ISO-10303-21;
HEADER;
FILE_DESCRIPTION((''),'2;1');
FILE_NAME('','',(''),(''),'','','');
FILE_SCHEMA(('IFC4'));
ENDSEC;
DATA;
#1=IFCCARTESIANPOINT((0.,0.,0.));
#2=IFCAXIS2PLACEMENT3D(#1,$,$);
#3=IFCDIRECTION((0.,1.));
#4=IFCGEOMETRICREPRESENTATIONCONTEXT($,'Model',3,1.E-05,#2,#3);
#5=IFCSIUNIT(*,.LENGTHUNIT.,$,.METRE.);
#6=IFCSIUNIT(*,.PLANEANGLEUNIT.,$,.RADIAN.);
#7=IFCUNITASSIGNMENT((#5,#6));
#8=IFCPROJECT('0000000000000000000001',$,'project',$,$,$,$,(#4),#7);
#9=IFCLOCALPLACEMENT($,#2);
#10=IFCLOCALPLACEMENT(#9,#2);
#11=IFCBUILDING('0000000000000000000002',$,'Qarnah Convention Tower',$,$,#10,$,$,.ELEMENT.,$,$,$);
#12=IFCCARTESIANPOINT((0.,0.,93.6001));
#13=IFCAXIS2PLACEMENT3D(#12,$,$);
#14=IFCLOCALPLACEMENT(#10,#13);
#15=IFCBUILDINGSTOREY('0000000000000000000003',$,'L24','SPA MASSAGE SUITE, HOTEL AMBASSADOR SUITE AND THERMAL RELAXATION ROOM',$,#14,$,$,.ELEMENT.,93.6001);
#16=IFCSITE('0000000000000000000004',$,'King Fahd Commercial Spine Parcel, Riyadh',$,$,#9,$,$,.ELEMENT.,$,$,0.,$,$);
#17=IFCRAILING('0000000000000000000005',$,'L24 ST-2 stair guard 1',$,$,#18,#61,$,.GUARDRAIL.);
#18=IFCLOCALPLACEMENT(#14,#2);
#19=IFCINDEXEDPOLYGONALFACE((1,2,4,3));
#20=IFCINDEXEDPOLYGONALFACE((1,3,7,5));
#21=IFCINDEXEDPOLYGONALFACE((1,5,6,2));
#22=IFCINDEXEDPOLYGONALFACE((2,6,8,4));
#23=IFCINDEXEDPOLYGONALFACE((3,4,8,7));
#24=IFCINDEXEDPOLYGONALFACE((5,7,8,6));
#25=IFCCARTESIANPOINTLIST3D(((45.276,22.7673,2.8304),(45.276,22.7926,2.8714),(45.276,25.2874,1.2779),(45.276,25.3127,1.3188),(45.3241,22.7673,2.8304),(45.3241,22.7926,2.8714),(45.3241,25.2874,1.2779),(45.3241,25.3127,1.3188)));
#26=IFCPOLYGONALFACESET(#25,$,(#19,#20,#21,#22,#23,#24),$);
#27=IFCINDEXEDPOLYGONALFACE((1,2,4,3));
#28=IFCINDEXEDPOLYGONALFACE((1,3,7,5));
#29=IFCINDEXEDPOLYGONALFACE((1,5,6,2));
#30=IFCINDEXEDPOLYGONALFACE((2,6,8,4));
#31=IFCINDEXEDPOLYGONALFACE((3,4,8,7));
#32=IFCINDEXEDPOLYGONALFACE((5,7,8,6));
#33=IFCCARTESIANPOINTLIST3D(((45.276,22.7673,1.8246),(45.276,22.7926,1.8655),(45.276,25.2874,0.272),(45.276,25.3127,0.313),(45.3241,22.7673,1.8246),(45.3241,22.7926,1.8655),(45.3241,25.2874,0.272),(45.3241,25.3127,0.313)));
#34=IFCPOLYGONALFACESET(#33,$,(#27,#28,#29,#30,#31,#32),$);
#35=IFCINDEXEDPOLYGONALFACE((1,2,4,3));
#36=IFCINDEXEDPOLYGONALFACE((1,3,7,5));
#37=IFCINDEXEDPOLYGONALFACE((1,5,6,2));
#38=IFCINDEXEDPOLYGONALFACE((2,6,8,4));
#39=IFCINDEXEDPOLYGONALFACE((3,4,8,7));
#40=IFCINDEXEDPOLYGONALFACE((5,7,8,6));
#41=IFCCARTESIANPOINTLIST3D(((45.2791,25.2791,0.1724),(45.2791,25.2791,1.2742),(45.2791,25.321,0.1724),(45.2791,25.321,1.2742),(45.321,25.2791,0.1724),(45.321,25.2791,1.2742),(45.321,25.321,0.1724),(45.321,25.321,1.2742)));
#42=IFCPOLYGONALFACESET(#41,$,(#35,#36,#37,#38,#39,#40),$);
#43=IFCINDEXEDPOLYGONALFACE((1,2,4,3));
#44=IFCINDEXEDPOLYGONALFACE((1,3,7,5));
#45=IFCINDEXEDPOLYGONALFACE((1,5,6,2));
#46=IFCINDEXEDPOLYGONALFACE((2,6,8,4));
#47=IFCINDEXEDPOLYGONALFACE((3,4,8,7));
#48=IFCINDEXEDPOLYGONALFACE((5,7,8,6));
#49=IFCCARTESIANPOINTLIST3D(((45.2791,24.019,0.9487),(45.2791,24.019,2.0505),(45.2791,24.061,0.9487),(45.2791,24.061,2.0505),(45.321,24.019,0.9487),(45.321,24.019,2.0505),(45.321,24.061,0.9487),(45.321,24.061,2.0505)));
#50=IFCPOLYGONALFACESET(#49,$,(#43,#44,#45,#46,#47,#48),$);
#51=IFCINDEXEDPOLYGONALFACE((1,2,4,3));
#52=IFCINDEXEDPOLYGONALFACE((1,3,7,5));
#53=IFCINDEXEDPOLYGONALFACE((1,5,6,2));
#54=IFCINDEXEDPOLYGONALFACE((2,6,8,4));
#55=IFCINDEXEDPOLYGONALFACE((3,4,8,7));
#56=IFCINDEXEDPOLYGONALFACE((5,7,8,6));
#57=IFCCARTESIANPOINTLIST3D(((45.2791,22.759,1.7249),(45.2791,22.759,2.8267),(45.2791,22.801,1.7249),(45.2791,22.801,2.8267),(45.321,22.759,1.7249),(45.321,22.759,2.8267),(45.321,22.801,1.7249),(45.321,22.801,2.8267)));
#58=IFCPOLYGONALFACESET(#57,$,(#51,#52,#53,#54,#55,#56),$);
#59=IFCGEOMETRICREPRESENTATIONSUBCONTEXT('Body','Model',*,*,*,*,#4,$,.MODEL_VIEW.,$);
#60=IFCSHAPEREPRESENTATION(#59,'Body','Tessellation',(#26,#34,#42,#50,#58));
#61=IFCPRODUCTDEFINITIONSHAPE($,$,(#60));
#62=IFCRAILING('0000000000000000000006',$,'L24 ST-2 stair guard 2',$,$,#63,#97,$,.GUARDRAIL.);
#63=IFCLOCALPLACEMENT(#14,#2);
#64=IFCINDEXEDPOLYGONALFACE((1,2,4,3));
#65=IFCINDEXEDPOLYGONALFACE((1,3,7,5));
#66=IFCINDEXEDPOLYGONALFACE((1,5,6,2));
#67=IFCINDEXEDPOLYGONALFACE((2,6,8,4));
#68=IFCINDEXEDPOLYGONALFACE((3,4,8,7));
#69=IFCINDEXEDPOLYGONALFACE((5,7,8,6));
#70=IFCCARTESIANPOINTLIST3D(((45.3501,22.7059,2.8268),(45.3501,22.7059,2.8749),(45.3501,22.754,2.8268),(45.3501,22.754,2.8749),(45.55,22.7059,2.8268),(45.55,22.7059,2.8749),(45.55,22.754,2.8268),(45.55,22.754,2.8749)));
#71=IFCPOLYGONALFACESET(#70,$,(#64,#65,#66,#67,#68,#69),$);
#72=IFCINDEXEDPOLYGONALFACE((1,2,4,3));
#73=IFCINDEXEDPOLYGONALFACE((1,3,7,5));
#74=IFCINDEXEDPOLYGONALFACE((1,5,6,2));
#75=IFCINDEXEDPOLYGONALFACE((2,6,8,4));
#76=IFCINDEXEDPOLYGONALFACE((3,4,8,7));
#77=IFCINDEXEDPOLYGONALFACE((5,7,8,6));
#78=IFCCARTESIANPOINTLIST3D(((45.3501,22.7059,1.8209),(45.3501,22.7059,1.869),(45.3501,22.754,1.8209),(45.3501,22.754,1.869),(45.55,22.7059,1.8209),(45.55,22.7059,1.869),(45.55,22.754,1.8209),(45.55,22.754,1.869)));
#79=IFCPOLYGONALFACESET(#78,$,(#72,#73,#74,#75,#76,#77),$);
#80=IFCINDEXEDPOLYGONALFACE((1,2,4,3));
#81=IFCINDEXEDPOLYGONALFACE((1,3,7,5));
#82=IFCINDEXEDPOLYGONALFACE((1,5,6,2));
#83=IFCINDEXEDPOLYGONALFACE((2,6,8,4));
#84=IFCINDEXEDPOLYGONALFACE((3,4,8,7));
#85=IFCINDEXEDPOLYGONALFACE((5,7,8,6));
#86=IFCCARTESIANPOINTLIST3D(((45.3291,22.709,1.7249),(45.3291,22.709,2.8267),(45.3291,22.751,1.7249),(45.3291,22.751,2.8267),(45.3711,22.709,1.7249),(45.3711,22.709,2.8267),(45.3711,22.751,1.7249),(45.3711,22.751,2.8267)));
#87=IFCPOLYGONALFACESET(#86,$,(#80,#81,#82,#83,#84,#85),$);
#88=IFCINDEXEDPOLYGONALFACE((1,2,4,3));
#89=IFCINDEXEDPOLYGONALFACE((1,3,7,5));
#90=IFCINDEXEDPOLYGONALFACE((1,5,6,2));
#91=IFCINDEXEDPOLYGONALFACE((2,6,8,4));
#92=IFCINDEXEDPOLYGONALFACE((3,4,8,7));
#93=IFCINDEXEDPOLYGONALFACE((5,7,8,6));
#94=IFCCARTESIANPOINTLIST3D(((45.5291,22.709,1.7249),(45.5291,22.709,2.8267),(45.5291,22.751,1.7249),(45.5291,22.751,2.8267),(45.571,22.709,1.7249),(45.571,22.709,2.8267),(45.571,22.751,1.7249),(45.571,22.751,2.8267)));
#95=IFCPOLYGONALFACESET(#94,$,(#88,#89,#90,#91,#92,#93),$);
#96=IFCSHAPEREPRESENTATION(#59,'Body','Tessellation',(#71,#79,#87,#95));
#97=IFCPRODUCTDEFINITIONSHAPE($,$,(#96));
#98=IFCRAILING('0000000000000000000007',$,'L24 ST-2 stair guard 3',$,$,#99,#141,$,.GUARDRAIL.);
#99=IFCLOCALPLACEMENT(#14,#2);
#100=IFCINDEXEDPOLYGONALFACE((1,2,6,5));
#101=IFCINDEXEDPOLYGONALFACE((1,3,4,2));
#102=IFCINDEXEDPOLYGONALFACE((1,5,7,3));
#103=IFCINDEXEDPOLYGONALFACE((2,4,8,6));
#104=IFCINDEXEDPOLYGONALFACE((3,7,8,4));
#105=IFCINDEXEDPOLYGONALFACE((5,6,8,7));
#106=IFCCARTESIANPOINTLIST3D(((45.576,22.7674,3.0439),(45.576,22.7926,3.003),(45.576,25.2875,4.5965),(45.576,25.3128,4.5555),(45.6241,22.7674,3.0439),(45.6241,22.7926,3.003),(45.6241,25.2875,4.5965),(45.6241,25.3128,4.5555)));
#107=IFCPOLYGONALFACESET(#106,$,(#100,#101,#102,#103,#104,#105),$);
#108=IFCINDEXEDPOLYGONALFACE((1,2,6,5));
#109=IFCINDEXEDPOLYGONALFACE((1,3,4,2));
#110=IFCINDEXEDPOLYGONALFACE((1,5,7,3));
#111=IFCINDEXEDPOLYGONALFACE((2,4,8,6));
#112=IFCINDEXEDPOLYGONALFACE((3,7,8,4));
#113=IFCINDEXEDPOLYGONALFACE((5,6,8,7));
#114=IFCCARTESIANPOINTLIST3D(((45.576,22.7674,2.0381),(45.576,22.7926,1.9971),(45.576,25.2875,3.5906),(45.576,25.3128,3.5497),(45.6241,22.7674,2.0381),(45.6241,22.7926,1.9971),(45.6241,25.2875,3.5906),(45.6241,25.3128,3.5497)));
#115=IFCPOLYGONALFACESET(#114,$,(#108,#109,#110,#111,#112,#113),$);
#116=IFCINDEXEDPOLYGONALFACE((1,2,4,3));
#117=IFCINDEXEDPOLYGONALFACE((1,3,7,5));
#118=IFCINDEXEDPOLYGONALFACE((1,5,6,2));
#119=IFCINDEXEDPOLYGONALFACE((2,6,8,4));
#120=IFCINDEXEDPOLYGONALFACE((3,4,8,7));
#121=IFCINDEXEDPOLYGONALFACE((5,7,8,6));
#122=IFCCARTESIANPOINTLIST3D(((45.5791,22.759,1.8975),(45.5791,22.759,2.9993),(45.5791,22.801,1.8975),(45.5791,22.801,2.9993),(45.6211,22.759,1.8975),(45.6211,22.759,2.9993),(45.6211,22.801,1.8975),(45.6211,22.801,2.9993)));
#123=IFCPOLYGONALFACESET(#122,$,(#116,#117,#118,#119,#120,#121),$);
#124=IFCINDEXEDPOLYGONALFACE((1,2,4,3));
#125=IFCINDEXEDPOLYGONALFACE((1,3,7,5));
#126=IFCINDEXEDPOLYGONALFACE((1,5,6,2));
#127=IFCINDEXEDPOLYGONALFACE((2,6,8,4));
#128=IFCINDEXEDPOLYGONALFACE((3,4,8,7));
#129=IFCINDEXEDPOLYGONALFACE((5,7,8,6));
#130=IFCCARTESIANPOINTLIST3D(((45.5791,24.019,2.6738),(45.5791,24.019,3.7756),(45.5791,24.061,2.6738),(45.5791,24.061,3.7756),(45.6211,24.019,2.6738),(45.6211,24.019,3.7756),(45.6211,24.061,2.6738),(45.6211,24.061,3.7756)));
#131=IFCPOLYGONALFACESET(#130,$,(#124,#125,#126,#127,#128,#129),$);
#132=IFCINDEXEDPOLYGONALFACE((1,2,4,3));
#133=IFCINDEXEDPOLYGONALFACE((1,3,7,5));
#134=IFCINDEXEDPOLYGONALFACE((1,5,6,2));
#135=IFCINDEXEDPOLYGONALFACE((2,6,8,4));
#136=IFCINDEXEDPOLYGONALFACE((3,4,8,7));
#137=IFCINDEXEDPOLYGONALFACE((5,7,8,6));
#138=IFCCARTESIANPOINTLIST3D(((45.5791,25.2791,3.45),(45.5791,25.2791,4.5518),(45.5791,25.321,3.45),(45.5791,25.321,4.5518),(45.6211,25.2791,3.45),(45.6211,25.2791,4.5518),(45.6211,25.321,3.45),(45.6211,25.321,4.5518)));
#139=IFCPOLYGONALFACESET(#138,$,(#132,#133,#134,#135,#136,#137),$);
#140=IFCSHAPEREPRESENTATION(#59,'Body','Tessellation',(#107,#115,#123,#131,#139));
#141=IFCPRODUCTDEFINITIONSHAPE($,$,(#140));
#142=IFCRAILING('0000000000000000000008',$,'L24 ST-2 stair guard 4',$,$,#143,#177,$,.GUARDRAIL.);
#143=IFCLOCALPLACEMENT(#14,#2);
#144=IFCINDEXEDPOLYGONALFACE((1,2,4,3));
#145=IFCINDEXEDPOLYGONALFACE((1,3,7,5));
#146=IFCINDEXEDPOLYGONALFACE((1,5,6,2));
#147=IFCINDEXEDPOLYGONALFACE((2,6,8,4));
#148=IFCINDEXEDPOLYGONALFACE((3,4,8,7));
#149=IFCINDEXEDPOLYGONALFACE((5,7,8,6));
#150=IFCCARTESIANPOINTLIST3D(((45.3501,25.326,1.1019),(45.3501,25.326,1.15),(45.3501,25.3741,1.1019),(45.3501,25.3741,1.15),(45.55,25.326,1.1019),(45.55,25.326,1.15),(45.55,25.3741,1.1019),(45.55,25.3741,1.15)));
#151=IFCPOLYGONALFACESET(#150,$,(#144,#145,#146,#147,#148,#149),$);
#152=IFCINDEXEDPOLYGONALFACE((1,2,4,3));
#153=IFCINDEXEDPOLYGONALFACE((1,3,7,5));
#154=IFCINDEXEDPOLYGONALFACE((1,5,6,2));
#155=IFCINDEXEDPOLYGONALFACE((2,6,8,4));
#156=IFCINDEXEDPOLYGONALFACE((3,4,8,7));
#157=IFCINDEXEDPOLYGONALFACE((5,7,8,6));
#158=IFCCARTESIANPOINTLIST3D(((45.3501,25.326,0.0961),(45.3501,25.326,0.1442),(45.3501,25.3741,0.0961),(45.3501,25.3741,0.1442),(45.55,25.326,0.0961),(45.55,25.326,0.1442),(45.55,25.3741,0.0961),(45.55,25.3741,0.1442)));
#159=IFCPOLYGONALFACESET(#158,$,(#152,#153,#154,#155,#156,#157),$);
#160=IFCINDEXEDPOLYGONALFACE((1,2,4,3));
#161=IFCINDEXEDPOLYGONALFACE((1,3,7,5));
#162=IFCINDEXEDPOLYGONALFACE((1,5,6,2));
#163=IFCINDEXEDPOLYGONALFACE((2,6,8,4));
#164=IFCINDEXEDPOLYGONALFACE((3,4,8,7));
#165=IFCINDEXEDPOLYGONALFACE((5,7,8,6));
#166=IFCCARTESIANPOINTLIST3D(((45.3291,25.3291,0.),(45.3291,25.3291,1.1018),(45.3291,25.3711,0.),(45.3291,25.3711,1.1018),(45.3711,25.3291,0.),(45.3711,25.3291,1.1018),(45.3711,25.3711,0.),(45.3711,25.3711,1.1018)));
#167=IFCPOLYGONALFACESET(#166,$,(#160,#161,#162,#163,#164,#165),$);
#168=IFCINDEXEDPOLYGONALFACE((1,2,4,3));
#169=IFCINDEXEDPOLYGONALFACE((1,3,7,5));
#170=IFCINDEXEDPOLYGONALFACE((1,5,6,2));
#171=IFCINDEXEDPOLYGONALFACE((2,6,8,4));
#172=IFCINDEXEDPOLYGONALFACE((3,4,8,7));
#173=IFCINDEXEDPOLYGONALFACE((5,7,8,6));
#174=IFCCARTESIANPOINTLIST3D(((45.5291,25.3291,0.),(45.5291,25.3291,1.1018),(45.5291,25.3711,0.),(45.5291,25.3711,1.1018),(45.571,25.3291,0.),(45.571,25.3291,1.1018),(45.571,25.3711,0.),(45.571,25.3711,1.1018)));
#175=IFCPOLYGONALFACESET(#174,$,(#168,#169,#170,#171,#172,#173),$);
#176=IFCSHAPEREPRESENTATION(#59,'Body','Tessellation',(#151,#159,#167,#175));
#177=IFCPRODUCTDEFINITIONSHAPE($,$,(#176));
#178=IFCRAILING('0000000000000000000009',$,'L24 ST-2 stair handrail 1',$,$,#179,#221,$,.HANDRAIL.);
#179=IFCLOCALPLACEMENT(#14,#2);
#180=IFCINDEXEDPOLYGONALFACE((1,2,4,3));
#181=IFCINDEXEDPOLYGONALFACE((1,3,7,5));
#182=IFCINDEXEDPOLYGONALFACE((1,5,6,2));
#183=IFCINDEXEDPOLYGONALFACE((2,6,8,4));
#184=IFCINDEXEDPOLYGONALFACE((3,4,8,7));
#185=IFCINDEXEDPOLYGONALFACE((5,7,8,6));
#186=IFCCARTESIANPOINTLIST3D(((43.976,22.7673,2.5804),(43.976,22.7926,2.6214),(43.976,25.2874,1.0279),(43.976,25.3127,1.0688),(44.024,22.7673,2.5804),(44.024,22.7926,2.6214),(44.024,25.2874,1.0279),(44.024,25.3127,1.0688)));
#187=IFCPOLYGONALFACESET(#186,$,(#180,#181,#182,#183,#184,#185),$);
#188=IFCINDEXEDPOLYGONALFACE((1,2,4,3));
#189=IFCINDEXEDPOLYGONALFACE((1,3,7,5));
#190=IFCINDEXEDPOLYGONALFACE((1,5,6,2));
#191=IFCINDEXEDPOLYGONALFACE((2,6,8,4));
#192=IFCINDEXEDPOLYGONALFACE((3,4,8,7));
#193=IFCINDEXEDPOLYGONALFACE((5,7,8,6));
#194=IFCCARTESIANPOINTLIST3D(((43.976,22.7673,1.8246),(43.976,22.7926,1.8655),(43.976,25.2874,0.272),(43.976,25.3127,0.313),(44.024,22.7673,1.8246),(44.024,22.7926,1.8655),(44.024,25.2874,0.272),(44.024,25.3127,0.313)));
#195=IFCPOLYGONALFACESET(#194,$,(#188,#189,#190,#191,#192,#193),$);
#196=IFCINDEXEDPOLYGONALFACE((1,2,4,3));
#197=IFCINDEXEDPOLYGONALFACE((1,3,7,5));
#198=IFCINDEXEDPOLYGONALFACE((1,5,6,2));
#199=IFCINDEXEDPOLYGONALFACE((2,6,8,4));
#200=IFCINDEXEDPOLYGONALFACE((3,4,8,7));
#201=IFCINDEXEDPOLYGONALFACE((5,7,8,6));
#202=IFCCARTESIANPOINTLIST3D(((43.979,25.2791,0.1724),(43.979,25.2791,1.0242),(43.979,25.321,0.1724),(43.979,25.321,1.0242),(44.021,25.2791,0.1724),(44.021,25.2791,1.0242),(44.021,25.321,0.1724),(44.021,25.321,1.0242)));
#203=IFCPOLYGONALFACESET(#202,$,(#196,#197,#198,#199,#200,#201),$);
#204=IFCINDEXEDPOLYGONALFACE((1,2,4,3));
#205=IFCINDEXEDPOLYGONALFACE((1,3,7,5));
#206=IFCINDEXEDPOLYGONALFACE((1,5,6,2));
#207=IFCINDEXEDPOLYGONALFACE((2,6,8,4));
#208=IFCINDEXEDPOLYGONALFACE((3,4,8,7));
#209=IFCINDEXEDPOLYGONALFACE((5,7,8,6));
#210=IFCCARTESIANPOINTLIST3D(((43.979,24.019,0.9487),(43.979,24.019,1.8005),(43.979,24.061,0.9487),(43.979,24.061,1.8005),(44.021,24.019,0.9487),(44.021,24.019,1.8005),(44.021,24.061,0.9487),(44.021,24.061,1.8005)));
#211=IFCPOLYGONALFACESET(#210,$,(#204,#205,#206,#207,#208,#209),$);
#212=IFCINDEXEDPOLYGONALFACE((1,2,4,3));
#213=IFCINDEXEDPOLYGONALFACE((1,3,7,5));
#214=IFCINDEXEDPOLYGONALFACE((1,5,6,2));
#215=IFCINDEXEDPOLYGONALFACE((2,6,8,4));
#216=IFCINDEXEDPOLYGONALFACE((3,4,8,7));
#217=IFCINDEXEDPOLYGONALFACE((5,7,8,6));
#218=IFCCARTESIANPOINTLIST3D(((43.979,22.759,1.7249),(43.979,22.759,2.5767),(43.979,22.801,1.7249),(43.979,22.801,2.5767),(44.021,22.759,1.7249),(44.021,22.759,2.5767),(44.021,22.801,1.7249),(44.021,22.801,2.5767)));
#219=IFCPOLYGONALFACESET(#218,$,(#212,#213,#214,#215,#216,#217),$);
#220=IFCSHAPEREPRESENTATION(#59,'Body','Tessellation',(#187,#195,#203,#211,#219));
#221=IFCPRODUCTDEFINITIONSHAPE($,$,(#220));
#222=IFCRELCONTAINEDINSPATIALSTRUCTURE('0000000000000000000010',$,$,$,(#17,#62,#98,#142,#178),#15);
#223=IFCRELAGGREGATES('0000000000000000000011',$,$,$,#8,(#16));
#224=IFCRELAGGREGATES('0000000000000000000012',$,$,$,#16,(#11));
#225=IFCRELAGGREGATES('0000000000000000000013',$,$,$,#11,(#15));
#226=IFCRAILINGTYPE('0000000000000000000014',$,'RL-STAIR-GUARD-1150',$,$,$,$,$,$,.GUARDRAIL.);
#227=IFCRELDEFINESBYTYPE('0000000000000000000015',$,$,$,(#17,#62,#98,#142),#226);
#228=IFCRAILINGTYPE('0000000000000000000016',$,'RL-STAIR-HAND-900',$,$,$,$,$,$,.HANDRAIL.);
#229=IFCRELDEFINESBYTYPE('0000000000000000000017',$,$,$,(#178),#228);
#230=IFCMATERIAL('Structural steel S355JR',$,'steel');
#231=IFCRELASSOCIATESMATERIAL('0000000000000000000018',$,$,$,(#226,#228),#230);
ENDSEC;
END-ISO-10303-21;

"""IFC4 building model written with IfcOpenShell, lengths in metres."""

from ifc_helpers import new_model, si_unit, direction, frame, origin, origin_2d, place, context, subcontext, project, spatial, rectangle, extrude, material, type_object, element, save


model = new_model("IFC4")

# Units and contexts
model_context = context("Model", 3, precision=1e-05, world=origin(), true_north=direction((0.0, 1.0)))
body_context = subcontext(model_context, "Body", "Model", "MODEL_VIEW")
ifc_project = project(units=[si_unit("LENGTHUNIT", "METRE"), si_unit("PLANEANGLEUNIT", "RADIAN")], contexts=[model_context])

# Site, building, storey
site_placement = place(None, origin())
site = spatial("IfcSite", under=ifc_project, at=site_placement, Name="King Fahd Commercial Spine Parcel, Riyadh", CompositionType="ELEMENT", RefElevation=0.0)
building_placement = place(site_placement, origin())
building = spatial("IfcBuilding", under=site, at=building_placement, Name="Qarnah Convention Tower", CompositionType="ELEMENT")
storey_placement = place(building_placement, frame((0.0, 0.0, 93.6001)))
storey = spatial("IfcBuildingStorey", under=building, at=storey_placement, Name="L24", Description="SPA MASSAGE SUITE, HOTEL AMBASSADOR SUITE AND THERMAL RELAXATION ROOM", CompositionType="ELEMENT", Elevation=93.6001)

# Shared definitions
ifc_material_1 = material(Name="Structural steel S355JR", Category="steel")

# Railings
railing_type_1 = type_object("IfcRailingType", Name="RL-STAIR-GUARD-1150", PredefinedType="GUARDRAIL", material=ifc_material_1)
railing_1_placement = place(storey_placement, frame((45.3, 25.3, 0.1724)))
element("IfcRailing", 1, at=railing_1_placement, inside=storey, type_object=railing_type_1, Name="L24 ST-2 stair guard 1", PredefinedType="GUARDRAIL", context=body_context, shape_type="SweptSolid", body=[
    extrude(rectangle(XDim=0.0481, YDim=0.0481, at=origin_2d()), frame((0.0, 0.0, 1.126), z_axis=(0.0, -0.8514, 0.524516), x_axis=(1.0, 0.0, 0.0)), (0.0, 0.0, 1.0), 2.96),
    extrude(rectangle(XDim=0.0481, YDim=0.0481, at=origin_2d()), frame((0.0, 0.0, 0.1201), z_axis=(0.0, -0.8514, 0.524516), x_axis=(1.0, 0.0, 0.0)), (0.0, 0.0, 1.0), 2.96),
    extrude(rectangle(XDim=0.042, YDim=0.042, at=origin_2d()), origin(), (0.0, 0.0, 1.0), 1.1018),
    extrude(rectangle(XDim=0.042, YDim=0.042, at=origin_2d()), frame((0.0, -1.26, 0.7764)), (0.0, 0.0, 1.0), 1.1018),
    extrude(rectangle(XDim=0.042, YDim=0.042, at=origin_2d()), frame((0.0, -2.52, 1.5525)), (0.0, 0.0, 1.0), 1.1018),
])
railing_2_placement = place(storey_placement, frame((45.3501, 22.73, 1.7249)))
element("IfcRailing", 2, at=railing_2_placement, inside=storey, type_object=railing_type_1, Name="L24 ST-2 stair guard 2", PredefinedType="GUARDRAIL", context=body_context, shape_type="SweptSolid", body=[
    extrude(rectangle(XDim=0.0481, YDim=0.0481, at=origin_2d()), frame((0.0, 0.0, 1.126), z_axis=(1.0, 0.0, 0.0), x_axis=(0.0, 1.0, 0.0)), (0.0, 0.0, 1.0), 0.2),
    extrude(rectangle(XDim=0.0481, YDim=0.0481, at=origin_2d()), frame((0.0, 0.0, 0.1201), z_axis=(1.0, 0.0, 0.0), x_axis=(0.0, 1.0, 0.0)), (0.0, 0.0, 1.0), 0.2),
    extrude(rectangle(XDim=0.042, YDim=0.042, at=origin_2d()), origin(), (0.0, 0.0, 1.0), 1.1018),
    extrude(rectangle(XDim=0.042, YDim=0.042, at=origin_2d()), frame((0.2, 0.0, 0.0)), (0.0, 0.0, 1.0), 1.1018),
])
railing_3_placement = place(storey_placement, frame((45.6001, 22.78, 1.8975)))
element("IfcRailing", 3, at=railing_3_placement, inside=storey, type_object=railing_type_1, Name="L24 ST-2 stair guard 3", PredefinedType="GUARDRAIL", context=body_context, shape_type="SweptSolid", body=[
    extrude(rectangle(XDim=0.0481, YDim=0.0481, at=origin_2d()), frame((0.0, 0.0, 1.126), z_axis=(0.0, 0.8514, 0.524516), x_axis=(-1.0, 0.0, 0.0)), (0.0, 0.0, 1.0), 2.96),
    extrude(rectangle(XDim=0.0481, YDim=0.0481, at=origin_2d()), frame((0.0, 0.0, 0.1201), z_axis=(0.0, 0.8514, 0.524516), x_axis=(-1.0, 0.0, 0.0)), (0.0, 0.0, 1.0), 2.96),
    extrude(rectangle(XDim=0.042, YDim=0.042, at=origin_2d()), origin(), (0.0, 0.0, 1.0), 1.1018),
    extrude(rectangle(XDim=0.042, YDim=0.042, at=origin_2d()), frame((0.0, 1.26, 0.7764)), (0.0, 0.0, 1.0), 1.1018),
    extrude(rectangle(XDim=0.042, YDim=0.042, at=origin_2d()), frame((0.0, 2.52, 1.5525)), (0.0, 0.0, 1.0), 1.1018),
])
railing_4_placement = place(storey_placement, frame((45.3501, 25.3501, 0.0)))
element("IfcRailing", 4, at=railing_4_placement, inside=storey, type_object=railing_type_1, Name="L24 ST-2 stair guard 4", PredefinedType="GUARDRAIL", context=body_context, shape_type="SweptSolid", body=[
    extrude(rectangle(XDim=0.0481, YDim=0.0481, at=origin_2d()), frame((0.0, 0.0, 1.126), z_axis=(1.0, 0.0, 0.0), x_axis=(0.0, 1.0, 0.0)), (0.0, 0.0, 1.0), 0.2),
    extrude(rectangle(XDim=0.0481, YDim=0.0481, at=origin_2d()), frame((0.0, 0.0, 0.1201), z_axis=(1.0, 0.0, 0.0), x_axis=(0.0, 1.0, 0.0)), (0.0, 0.0, 1.0), 0.2),
    extrude(rectangle(XDim=0.042, YDim=0.042, at=origin_2d()), origin(), (0.0, 0.0, 1.0), 1.1018),
    extrude(rectangle(XDim=0.042, YDim=0.042, at=origin_2d()), frame((0.2, 0.0, 0.0)), (0.0, 0.0, 1.0), 1.1018),
])
railing_type_2 = type_object("IfcRailingType", Name="RL-STAIR-HAND-900", PredefinedType="HANDRAIL", material=ifc_material_1)
railing_5_placement = place(storey_placement, frame((44.0, 25.3, 0.1724)))
element("IfcRailing", 5, at=railing_5_placement, inside=storey, type_object=railing_type_2, Name="L24 ST-2 stair handrail 1", PredefinedType="HANDRAIL", context=body_context, shape_type="SweptSolid", body=[
    extrude(rectangle(XDim=0.0481, YDim=0.0481, at=origin_2d()), frame((0.0, 0.0, 0.876), z_axis=(0.0, -0.8514, 0.524516), x_axis=(1.0, 0.0, 0.0)), (0.0, 0.0, 1.0), 2.96),
    extrude(rectangle(XDim=0.0481, YDim=0.0481, at=origin_2d()), frame((0.0, 0.0, 0.1201), z_axis=(0.0, -0.8514, 0.524516), x_axis=(1.0, 0.0, 0.0)), (0.0, 0.0, 1.0), 2.96),
    extrude(rectangle(XDim=0.042, YDim=0.042, at=origin_2d()), origin(), (0.0, 0.0, 1.0), 0.8518),
    extrude(rectangle(XDim=0.042, YDim=0.042, at=origin_2d()), frame((0.0, -1.26, 0.7764)), (0.0, 0.0, 1.0), 0.8518),
    extrude(rectangle(XDim=0.042, YDim=0.042, at=origin_2d()), frame((0.0, -2.52, 1.5525)), (0.0, 0.0, 1.0), 0.8518),
])

save(model, "model.ifc")
